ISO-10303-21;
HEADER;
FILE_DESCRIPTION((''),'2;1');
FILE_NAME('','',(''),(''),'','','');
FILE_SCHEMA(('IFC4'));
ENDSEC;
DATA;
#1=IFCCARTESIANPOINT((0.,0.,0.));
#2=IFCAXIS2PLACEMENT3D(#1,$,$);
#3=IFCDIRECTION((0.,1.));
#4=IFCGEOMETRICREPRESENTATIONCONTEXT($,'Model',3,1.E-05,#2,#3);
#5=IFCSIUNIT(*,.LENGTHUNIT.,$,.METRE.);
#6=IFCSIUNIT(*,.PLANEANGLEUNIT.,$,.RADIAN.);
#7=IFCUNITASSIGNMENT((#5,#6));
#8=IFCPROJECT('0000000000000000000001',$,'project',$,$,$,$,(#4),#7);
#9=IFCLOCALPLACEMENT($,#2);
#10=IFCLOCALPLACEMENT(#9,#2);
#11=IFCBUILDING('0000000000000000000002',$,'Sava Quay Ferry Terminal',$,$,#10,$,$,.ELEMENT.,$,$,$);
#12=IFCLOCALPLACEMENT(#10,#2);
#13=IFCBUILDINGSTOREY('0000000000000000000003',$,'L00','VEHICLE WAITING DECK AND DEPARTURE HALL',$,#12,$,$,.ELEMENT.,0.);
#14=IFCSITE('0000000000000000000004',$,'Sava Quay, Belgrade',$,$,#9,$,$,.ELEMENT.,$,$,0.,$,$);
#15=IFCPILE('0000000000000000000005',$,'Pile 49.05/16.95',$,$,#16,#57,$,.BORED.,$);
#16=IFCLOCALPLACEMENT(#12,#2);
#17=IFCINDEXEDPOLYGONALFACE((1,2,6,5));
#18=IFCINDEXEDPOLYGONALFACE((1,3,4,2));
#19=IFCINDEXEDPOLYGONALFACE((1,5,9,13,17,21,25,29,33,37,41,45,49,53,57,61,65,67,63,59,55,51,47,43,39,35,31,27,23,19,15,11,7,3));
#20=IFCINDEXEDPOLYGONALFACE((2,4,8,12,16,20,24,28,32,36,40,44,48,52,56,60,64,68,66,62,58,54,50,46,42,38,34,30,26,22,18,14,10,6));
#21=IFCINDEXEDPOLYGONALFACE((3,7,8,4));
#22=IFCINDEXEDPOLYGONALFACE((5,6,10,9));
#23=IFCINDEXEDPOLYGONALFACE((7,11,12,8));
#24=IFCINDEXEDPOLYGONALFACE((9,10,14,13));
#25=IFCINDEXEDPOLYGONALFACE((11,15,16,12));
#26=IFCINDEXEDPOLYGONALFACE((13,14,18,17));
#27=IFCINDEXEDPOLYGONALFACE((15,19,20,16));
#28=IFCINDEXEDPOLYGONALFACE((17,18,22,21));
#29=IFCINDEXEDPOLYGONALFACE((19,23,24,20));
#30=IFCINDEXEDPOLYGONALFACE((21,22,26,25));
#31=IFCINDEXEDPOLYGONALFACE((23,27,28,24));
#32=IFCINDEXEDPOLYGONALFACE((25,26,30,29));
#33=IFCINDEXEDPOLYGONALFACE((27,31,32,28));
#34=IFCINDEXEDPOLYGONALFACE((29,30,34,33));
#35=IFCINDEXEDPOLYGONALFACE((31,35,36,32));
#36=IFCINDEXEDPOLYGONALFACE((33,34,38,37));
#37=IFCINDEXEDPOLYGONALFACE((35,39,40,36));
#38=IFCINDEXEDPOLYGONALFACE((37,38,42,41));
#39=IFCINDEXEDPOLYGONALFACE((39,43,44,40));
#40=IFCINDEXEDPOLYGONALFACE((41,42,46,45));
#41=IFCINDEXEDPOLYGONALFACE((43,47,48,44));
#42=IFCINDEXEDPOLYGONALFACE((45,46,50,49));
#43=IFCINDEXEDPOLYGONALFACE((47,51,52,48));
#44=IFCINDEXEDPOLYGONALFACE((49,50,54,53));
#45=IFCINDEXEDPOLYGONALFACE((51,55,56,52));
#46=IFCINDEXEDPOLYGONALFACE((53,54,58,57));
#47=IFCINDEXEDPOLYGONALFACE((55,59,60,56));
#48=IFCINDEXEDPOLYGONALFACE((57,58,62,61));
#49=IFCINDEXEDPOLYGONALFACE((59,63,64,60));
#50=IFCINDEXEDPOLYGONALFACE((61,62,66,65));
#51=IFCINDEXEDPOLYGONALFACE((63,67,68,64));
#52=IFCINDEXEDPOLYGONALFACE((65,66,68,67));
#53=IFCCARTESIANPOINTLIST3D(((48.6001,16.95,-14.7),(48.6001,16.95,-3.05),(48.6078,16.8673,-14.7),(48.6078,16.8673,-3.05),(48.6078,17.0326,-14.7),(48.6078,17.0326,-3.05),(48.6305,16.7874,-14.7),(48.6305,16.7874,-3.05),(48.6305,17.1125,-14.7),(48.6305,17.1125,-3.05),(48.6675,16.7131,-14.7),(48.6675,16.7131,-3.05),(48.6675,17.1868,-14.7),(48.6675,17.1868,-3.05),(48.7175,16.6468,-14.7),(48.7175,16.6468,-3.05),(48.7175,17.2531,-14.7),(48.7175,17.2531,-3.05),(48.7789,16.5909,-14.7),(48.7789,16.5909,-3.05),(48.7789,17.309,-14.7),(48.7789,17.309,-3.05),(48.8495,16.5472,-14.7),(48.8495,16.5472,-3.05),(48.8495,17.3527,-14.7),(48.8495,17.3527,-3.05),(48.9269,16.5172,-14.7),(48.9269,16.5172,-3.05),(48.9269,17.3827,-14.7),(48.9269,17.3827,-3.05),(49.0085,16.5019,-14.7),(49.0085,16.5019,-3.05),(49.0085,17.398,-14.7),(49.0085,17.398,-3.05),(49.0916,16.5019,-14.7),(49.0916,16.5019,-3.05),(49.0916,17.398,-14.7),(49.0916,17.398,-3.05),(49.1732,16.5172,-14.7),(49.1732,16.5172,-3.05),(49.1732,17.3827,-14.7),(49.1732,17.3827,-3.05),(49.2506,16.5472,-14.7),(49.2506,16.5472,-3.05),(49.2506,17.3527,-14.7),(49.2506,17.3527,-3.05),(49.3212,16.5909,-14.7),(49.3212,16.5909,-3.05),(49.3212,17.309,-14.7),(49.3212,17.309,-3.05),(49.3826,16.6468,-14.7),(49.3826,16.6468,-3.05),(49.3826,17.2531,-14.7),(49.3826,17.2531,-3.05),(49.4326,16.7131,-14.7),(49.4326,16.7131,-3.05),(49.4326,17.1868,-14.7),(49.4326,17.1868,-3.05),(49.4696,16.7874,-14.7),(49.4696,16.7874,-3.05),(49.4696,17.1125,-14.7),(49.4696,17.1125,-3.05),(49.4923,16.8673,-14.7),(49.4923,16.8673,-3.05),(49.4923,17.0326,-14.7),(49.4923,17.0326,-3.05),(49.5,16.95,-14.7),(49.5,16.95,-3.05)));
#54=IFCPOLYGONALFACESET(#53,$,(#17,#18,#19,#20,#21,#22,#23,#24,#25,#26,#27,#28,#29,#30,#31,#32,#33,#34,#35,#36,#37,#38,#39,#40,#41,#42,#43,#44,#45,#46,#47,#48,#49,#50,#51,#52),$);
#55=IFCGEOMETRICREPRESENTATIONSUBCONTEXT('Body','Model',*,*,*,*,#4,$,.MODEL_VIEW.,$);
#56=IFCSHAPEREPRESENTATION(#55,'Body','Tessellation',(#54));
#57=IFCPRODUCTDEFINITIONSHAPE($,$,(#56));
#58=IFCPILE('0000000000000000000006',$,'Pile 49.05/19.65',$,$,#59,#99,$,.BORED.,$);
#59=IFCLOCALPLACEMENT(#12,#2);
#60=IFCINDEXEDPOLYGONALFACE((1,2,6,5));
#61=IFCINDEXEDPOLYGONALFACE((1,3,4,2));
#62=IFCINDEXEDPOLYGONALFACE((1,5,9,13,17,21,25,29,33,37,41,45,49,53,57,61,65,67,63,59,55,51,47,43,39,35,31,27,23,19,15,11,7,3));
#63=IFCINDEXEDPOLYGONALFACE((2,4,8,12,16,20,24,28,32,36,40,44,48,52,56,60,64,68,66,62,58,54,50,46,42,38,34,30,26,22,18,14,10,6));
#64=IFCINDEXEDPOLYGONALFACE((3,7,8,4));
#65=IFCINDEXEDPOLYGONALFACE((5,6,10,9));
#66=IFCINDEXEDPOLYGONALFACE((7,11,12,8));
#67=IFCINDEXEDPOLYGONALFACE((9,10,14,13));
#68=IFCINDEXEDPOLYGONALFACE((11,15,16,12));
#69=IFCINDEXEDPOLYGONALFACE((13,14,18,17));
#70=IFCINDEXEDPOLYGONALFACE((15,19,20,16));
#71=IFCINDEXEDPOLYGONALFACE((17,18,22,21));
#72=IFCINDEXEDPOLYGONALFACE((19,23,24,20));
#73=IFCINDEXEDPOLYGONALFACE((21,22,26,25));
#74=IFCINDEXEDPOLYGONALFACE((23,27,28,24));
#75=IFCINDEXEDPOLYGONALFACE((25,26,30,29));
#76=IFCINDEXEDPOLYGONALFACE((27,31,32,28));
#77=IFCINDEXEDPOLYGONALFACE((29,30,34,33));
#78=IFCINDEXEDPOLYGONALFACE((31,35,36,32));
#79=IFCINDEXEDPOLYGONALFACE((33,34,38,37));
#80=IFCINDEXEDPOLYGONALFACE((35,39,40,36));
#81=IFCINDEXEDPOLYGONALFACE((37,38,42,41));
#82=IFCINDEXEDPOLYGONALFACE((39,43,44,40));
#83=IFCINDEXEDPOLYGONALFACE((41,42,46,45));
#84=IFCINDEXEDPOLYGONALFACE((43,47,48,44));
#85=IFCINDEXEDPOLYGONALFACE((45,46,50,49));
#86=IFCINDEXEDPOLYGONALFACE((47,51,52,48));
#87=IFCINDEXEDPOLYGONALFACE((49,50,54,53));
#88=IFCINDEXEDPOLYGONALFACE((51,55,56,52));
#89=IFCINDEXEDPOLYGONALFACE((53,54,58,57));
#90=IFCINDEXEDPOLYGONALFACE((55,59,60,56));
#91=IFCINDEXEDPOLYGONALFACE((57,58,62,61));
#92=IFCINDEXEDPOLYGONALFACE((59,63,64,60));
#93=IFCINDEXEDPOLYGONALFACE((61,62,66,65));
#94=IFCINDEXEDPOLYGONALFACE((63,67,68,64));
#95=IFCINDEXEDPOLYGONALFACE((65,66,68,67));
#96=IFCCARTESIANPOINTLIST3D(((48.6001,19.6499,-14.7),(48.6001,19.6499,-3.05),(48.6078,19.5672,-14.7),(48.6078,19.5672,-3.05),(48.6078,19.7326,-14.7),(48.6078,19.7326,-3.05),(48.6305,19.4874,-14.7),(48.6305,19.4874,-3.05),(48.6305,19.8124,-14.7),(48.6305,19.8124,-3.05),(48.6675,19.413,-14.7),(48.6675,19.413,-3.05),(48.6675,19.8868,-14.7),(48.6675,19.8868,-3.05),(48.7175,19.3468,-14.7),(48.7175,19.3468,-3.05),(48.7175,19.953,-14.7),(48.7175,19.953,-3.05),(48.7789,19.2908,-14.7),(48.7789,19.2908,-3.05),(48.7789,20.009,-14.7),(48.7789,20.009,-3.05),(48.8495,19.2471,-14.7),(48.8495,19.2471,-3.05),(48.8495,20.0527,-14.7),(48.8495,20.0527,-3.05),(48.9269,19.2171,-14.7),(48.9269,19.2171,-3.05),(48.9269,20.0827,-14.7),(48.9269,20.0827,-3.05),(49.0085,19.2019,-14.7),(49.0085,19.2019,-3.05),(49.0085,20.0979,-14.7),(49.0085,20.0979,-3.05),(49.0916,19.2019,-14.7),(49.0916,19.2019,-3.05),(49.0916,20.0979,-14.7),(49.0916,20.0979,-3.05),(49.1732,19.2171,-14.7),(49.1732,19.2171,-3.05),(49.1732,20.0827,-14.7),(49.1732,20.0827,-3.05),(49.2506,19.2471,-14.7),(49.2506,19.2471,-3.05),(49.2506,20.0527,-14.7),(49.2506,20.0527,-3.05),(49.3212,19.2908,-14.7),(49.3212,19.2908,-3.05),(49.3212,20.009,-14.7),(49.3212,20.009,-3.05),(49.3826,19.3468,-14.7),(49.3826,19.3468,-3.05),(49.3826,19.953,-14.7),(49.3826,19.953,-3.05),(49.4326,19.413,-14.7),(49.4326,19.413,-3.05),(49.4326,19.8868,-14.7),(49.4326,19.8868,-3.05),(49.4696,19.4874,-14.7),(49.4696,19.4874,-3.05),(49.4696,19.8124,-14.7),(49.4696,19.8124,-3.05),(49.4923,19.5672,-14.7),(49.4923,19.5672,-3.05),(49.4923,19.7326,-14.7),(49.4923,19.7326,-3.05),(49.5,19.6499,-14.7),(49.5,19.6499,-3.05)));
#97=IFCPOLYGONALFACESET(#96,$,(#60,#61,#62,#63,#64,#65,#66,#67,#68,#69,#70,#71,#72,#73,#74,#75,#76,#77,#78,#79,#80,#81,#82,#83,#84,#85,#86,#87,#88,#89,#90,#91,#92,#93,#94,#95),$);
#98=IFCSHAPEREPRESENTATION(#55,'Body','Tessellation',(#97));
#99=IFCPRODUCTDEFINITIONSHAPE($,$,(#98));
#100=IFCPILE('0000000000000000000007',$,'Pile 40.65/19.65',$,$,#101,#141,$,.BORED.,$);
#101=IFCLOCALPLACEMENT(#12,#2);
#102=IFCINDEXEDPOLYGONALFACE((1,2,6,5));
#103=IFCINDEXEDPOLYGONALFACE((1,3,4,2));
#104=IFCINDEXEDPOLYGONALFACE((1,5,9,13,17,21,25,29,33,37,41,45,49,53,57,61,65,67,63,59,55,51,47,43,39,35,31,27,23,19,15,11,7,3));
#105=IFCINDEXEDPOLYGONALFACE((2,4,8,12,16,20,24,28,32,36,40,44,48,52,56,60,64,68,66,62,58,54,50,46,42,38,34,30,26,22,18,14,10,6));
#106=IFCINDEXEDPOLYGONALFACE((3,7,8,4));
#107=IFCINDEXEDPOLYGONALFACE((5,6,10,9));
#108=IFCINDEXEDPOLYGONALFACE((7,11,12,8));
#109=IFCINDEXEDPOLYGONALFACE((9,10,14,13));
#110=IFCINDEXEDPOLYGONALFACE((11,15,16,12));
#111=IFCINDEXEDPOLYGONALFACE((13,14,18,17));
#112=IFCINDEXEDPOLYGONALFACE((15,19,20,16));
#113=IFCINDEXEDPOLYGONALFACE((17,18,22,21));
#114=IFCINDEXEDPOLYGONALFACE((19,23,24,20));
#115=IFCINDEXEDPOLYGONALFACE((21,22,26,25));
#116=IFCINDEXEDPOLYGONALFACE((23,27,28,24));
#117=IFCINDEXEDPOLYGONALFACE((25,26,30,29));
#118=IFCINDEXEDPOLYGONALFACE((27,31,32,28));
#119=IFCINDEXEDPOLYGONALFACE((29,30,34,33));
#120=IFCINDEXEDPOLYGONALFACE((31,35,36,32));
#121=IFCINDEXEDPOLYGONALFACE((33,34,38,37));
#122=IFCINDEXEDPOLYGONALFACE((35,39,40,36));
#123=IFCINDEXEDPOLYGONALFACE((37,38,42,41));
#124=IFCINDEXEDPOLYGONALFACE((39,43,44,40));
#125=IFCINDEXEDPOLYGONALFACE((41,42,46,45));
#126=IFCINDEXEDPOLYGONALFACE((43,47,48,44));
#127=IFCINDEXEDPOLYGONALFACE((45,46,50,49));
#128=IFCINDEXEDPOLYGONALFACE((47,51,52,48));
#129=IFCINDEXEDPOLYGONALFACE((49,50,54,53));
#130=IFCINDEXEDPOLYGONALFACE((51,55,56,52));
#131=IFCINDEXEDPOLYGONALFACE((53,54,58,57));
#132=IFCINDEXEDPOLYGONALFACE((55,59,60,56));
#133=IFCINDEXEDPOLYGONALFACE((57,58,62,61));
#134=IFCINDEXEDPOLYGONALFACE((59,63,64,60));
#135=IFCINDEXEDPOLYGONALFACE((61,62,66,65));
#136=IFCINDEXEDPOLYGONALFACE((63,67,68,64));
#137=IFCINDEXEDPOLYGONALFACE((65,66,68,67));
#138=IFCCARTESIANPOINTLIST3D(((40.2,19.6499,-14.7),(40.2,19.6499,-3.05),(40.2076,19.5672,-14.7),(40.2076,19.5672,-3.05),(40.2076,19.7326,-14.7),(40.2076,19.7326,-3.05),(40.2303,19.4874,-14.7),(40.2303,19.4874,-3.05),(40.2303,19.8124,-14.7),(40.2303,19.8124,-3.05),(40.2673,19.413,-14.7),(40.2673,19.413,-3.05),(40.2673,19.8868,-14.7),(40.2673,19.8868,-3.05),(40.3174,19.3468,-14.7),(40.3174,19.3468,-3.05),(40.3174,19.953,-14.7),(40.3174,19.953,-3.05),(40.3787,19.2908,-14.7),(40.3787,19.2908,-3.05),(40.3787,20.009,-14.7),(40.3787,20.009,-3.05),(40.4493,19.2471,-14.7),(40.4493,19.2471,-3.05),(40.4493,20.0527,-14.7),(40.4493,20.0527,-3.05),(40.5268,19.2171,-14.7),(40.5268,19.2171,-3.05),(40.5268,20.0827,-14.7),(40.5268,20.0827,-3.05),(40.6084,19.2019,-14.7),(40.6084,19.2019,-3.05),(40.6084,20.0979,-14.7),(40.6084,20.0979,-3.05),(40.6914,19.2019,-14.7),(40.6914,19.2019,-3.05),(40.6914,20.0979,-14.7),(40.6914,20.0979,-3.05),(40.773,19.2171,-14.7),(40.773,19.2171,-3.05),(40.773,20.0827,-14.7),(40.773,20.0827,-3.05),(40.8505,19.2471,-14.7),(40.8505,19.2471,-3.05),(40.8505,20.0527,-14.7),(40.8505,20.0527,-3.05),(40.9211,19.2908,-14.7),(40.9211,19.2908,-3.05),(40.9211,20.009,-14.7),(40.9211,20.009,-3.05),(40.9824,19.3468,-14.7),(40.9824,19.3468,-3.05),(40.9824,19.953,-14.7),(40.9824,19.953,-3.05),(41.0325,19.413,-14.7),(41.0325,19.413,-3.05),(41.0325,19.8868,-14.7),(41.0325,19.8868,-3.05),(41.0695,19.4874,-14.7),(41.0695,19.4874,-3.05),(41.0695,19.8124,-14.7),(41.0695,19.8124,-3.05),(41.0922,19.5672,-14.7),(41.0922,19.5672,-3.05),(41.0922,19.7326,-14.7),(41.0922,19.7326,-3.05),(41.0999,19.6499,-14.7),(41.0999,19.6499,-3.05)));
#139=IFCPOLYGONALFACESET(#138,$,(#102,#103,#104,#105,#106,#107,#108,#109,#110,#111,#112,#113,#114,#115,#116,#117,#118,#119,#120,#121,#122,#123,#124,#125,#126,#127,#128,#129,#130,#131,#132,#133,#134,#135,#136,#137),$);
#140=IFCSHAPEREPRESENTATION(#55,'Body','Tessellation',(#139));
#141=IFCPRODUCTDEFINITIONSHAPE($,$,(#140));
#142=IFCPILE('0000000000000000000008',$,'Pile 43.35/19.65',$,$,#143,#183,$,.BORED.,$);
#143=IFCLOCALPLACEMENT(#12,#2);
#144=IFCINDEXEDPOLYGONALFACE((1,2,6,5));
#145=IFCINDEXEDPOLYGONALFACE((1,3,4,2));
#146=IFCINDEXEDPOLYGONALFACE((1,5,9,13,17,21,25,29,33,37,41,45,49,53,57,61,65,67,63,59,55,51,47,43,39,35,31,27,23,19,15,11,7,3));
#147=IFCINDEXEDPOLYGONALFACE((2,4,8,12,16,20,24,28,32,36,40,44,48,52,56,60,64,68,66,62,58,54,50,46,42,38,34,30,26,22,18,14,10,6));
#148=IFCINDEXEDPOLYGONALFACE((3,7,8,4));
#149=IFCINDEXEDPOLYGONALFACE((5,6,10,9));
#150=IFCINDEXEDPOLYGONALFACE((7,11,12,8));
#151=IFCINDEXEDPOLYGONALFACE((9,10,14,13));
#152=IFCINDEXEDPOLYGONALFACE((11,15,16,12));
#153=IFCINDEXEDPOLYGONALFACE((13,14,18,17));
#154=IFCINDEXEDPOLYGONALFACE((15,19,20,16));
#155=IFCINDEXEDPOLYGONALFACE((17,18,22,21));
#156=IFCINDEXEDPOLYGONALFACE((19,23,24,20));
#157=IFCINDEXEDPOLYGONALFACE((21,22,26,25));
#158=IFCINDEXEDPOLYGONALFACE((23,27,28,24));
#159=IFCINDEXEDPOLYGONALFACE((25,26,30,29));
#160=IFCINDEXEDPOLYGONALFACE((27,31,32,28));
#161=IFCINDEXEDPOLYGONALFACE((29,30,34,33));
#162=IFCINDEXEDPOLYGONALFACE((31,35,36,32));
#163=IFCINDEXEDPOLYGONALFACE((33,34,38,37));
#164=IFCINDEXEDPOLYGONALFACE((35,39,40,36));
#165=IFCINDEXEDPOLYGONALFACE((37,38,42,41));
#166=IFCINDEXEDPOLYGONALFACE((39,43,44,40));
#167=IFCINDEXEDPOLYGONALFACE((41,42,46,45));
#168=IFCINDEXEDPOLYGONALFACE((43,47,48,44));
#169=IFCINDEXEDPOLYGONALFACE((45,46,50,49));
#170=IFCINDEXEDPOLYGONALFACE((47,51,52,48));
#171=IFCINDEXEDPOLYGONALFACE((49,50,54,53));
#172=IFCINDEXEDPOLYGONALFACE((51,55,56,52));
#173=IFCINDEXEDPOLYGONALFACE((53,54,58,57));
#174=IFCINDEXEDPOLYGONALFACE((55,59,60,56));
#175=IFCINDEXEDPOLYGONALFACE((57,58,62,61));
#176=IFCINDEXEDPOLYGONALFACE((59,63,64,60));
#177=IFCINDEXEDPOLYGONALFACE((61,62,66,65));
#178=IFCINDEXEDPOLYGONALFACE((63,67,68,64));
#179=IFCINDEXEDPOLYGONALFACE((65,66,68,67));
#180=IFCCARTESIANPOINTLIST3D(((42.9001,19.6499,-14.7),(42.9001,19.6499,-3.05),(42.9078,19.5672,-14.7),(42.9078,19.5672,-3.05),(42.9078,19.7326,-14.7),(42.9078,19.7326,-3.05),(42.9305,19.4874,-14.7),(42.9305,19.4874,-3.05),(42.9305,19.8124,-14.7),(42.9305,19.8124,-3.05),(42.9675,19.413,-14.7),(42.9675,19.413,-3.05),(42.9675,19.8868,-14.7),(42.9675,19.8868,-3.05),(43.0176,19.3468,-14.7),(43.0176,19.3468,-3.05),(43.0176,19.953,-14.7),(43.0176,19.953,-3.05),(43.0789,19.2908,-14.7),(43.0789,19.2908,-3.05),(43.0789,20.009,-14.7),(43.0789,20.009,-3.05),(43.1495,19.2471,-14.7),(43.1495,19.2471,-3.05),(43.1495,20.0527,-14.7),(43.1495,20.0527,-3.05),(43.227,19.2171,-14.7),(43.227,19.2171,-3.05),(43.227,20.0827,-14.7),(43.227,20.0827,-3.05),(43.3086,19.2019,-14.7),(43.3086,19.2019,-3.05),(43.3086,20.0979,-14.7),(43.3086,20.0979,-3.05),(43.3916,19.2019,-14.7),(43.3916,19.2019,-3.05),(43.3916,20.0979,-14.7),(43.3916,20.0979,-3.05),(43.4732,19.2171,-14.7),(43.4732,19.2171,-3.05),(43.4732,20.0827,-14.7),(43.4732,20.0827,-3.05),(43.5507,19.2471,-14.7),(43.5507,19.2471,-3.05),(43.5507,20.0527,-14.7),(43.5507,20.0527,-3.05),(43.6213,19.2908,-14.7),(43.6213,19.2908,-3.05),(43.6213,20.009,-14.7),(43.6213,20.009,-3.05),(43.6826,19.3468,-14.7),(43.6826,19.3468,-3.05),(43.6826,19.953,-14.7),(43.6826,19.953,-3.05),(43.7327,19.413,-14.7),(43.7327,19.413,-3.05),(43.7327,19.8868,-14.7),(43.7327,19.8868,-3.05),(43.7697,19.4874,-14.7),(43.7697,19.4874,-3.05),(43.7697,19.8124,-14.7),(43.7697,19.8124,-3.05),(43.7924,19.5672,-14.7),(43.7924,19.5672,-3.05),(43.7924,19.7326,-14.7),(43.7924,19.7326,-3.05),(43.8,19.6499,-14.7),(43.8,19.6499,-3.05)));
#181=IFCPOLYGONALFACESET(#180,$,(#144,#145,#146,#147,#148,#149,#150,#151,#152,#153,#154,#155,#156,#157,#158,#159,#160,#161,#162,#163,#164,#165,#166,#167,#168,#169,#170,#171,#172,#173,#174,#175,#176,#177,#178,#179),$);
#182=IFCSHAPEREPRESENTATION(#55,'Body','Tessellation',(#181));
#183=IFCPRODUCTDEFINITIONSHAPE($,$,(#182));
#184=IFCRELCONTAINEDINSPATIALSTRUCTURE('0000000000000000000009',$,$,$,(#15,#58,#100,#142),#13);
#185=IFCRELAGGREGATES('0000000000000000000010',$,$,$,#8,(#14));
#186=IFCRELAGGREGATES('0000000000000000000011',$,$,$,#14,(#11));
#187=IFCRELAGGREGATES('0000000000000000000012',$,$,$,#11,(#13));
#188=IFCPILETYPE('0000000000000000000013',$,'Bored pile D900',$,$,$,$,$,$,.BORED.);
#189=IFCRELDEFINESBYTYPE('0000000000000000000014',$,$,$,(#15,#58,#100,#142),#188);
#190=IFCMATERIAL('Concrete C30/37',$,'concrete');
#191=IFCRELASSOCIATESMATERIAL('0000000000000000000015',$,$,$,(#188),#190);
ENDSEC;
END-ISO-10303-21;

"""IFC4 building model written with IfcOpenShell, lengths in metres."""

from ifc_helpers import new_model, si_unit, direction, frame, origin, origin_2d, place, context, subcontext, project, spatial, circle, extrude, material, material_profile, profile_set, type_object, element, save


model = new_model("IFC4")

# Units and contexts
model_context = context("Model", 3, precision=1e-05, world=origin(), true_north=direction((0.0, 1.0)))
body_context = subcontext(model_context, "Body", "Model", "MODEL_VIEW")
ifc_project = project(units=[si_unit("LENGTHUNIT", "METRE"), si_unit("PLANEANGLEUNIT", "RADIAN")], contexts=[model_context])

# Site, building, storey
site_placement = place(None, origin())
site = spatial("IfcSite", under=ifc_project, at=site_placement, Name="Sava Quay, Belgrade", CompositionType="ELEMENT", RefElevation=0.0)
building_placement = place(site_placement, origin())
building = spatial("IfcBuilding", under=site, at=building_placement, Name="Sava Quay Ferry Terminal", CompositionType="ELEMENT")
storey_placement = place(building_placement, origin())
storey = spatial("IfcBuildingStorey", under=building, at=storey_placement, Name="L00", Description="VEHICLE WAITING DECK AND DEPARTURE HALL", CompositionType="ELEMENT", Elevation=0.0)

# Piles
ifc_material_1 = material(Name="Concrete C30/37", Category="concrete")
ifc_material_profile_1 = material_profile(ifc_material_1, circle(Radius=0.45, at=origin_2d()), Name="Bored pile D900")
ifc_profile_set_1 = profile_set([ifc_material_profile_1], Name="Concrete C30/37")
pile_type = type_object("IfcPileType", Name="Bored pile D900", PredefinedType="BORED", material=ifc_profile_set_1)
for number, where, z_axis, x_axis, name in (
    (1, (49.05, 16.95, -3.05), (0.0, 0.0, -1.0), (1.0, 0.0, 0.0), "Pile 49.05/16.95"),
    (2, (49.05, 19.6499, -3.05), (0.0, 0.0, -1.0), (1.0, 0.0, 0.0), "Pile 49.05/19.65"),
    (3, (40.6499, 19.6499, -3.05), (0.0, 0.0, -1.0), (1.0, 0.0, 0.0), "Pile 40.65/19.65"),
    (4, (43.3501, 19.6499, -3.05), (0.0, 0.0, -1.0), (1.0, 0.0, 0.0), "Pile 43.35/19.65"),
):
    element("IfcPile", number, at=place(storey_placement, frame(where, z_axis=z_axis, x_axis=x_axis)), inside=storey, type_object=pile_type, Name=name, PredefinedType="BORED", context=body_context, shape_type="SweptSolid", body=[
        extrude(circle(Radius=0.45, at=origin_2d()), origin(), (0.0, 0.0, 1.0), 11.6499),
    ])

save(model, "model.ifc")
